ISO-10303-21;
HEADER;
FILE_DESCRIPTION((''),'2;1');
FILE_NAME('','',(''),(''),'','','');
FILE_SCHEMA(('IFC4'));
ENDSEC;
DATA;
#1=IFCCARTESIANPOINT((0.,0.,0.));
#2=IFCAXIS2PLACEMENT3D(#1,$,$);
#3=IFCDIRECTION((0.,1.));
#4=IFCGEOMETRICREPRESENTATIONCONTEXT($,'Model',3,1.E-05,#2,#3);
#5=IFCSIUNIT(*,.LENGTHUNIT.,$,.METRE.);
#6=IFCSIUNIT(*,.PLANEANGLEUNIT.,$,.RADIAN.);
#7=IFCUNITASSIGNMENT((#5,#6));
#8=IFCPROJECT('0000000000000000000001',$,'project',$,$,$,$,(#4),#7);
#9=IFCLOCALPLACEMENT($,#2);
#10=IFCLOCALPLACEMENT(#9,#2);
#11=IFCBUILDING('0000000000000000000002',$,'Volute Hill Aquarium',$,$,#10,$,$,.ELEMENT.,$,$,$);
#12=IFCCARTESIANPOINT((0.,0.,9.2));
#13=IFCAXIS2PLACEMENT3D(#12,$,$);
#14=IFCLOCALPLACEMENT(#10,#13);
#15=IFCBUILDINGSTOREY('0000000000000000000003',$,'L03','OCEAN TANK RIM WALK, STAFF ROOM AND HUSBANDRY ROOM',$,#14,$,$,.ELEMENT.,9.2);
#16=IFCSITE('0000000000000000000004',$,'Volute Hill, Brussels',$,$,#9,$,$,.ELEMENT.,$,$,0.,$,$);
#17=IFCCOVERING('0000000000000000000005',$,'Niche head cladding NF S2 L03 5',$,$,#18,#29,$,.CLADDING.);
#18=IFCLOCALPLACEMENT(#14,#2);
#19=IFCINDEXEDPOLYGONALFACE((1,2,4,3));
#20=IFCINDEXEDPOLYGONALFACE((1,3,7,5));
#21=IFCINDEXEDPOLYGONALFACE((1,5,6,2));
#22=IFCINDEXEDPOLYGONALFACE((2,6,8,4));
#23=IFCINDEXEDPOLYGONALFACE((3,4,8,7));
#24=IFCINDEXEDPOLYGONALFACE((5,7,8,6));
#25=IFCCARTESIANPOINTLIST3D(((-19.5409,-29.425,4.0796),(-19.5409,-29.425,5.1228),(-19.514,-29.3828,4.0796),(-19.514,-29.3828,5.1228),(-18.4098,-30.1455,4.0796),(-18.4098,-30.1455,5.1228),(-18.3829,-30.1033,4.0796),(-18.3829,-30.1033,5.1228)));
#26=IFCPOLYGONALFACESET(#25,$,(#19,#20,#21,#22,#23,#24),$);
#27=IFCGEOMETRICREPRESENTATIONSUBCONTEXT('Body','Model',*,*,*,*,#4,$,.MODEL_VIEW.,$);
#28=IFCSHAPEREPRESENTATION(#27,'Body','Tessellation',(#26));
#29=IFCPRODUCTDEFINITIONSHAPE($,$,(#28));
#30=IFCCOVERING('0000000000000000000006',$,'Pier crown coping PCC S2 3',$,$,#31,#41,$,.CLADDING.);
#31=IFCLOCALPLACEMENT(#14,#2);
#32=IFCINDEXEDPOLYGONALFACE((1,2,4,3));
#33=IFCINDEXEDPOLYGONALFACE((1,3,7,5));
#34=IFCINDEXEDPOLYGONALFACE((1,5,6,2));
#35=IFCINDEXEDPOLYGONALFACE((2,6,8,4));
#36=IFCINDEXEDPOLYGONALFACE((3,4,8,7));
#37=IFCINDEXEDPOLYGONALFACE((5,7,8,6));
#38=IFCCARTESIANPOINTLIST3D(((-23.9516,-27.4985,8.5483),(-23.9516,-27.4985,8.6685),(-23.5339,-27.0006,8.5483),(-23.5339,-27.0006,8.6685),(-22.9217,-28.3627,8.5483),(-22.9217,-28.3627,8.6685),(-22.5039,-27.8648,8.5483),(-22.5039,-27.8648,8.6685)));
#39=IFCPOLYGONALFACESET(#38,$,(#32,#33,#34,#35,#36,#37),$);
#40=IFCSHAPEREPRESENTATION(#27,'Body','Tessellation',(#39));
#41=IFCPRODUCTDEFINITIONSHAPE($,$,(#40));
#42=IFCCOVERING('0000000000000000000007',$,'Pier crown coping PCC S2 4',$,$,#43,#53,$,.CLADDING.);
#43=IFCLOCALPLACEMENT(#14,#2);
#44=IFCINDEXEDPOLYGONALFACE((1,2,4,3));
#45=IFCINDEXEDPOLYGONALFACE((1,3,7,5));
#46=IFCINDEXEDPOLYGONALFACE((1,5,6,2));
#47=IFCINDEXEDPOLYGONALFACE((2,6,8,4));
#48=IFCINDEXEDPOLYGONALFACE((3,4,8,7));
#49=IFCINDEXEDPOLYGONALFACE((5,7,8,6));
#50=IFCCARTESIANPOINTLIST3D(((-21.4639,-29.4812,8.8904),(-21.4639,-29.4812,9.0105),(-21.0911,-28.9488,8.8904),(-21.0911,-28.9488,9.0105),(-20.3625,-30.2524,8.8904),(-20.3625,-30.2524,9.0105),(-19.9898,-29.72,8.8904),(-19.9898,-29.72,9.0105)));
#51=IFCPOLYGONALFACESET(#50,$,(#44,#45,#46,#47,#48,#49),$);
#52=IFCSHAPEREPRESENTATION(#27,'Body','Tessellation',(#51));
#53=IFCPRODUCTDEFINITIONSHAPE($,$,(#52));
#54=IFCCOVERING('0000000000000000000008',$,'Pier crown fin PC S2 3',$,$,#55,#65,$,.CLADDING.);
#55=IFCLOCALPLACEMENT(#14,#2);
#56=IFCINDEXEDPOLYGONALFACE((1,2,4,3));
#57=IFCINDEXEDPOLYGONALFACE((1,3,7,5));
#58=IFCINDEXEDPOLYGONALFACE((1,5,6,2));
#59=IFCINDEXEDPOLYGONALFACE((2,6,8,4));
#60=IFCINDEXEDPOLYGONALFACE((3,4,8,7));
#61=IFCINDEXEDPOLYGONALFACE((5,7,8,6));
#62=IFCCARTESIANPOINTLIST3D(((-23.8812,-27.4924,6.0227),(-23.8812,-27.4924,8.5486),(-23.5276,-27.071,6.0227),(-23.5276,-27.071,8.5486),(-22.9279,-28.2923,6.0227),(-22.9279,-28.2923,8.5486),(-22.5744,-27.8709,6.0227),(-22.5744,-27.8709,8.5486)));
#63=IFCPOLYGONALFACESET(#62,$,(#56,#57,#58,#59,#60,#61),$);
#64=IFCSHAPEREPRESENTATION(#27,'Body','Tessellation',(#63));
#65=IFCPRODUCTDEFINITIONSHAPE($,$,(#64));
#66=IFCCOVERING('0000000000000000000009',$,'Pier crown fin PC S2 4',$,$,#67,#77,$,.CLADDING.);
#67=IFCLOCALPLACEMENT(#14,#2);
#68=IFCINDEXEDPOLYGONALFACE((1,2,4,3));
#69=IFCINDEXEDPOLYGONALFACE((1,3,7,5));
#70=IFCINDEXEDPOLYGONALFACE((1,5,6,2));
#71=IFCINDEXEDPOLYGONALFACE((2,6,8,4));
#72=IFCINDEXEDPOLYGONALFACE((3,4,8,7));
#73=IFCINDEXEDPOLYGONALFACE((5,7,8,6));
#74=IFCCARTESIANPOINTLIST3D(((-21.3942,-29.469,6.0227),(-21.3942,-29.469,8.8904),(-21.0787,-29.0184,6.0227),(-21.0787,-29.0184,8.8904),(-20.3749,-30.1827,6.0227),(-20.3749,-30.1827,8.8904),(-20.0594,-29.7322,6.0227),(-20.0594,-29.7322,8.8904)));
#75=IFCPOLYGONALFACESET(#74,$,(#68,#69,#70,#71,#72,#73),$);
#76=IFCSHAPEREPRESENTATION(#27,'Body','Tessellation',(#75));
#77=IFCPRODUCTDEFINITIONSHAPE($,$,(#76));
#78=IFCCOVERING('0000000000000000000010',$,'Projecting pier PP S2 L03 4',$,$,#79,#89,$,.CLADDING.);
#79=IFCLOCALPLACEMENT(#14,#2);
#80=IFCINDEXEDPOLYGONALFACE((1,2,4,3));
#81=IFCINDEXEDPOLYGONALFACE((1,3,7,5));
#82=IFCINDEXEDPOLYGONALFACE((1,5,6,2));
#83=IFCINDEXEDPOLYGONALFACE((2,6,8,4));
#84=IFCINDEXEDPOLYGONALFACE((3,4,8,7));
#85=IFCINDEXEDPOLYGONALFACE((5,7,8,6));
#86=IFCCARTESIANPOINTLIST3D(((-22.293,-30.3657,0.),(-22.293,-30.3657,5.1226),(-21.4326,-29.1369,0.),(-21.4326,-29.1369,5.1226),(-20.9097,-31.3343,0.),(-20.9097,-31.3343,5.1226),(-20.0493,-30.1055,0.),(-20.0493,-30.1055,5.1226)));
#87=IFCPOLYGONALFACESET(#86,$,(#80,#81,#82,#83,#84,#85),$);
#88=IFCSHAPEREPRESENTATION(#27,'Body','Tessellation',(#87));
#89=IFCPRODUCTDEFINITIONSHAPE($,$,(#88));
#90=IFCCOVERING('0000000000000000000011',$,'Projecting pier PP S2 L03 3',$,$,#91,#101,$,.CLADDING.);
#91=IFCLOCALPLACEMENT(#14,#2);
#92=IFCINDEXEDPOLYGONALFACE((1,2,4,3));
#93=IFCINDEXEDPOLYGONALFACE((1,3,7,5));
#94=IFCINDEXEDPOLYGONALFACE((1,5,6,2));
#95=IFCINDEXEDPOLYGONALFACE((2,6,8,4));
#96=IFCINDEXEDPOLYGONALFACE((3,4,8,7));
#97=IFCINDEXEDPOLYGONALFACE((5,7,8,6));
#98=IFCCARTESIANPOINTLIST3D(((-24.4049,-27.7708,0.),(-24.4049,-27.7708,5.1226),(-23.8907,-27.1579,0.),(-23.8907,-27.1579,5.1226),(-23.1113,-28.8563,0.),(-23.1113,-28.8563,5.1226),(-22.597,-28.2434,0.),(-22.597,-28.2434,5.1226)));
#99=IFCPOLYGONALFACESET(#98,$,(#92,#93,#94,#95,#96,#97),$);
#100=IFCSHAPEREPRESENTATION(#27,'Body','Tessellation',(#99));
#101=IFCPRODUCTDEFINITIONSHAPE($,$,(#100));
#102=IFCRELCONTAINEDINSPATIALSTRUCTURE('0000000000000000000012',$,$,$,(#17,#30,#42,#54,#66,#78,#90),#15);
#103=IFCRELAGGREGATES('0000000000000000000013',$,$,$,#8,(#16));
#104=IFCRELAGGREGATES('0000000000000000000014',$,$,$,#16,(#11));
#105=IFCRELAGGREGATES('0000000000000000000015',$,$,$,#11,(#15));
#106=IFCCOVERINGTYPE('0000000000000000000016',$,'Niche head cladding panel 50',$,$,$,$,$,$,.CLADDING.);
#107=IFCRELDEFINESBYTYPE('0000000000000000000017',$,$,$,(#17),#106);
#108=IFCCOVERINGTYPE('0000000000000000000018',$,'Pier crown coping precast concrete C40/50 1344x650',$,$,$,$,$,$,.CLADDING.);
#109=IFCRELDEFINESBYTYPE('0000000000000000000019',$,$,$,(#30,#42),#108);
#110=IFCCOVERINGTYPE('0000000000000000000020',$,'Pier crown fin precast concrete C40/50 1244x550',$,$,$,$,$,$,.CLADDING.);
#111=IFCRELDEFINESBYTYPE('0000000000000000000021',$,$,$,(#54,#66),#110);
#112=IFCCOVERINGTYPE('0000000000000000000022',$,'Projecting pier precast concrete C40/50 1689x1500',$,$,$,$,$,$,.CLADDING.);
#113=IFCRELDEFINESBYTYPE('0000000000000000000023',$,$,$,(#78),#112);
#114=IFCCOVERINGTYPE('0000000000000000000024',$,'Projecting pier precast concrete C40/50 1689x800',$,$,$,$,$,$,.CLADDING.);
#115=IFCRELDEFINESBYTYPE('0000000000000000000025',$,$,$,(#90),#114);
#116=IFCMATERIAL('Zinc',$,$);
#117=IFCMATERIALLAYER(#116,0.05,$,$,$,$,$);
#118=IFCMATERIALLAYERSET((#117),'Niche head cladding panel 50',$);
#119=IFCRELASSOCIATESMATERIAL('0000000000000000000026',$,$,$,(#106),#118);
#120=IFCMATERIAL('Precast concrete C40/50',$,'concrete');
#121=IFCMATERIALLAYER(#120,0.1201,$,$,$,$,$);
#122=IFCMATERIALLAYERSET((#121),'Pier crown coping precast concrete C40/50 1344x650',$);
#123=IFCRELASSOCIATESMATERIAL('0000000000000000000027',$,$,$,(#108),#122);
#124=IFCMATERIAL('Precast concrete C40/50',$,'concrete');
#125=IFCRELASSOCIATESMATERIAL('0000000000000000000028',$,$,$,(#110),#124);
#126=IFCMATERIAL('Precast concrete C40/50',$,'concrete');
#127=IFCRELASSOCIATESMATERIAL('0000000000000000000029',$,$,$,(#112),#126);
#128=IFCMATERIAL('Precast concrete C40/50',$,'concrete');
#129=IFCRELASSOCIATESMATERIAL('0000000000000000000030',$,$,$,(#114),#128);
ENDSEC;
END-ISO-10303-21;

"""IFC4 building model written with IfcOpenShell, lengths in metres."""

from ifc_helpers import new_model, si_unit, direction, frame, origin, origin_2d, place, context, subcontext, project, spatial, rectangle, extrude, material, layer, layer_set, type_object, element, save


model = new_model("IFC4")

# Units and contexts
model_context = context("Model", 3, precision=1e-05, world=origin(), true_north=direction((0.0, 1.0)))
body_context = subcontext(model_context, "Body", "Model", "MODEL_VIEW")
ifc_project = project(units=[si_unit("LENGTHUNIT", "METRE"), si_unit("PLANEANGLEUNIT", "RADIAN")], contexts=[model_context])

# Site, building, storey
site_placement = place(None, origin())
site = spatial("IfcSite", under=ifc_project, at=site_placement, Name="Volute Hill, Brussels", CompositionType="ELEMENT", RefElevation=0.0)
building_placement = place(site_placement, origin())
building = spatial("IfcBuilding", under=site, at=building_placement, Name="Volute Hill Aquarium", CompositionType="ELEMENT")
storey_placement = place(building_placement, frame((0.0, 0.0, 9.2)))
storey = spatial("IfcBuildingStorey", under=building, at=storey_placement, Name="L03", Description="OCEAN TANK RIM WALK, STAFF ROOM AND HUSBANDRY ROOM", CompositionType="ELEMENT", Elevation=9.2)

# Coverings
ifc_material_1 = material(Name="Zinc")
ifc_layer_1 = layer(ifc_material_1, 0.05)
ifc_layer_set_1 = layer_set([ifc_layer_1], Name="Niche head cladding panel 50")
covering_type_1 = type_object("IfcCoveringType", Name="Niche head cladding panel 50", PredefinedType="CLADDING", material=ifc_layer_set_1)
for number, where, z_axis, x_axis, name in (
    (1, (-18.9619, -29.7642, 4.0796), (0.0, 0.0, 1.0), (0.843399, -0.537288, 0.0), "Niche head cladding NF S2 L03 5"),
):
    element("IfcCovering", number, at=place(storey_placement, frame(where, z_axis=z_axis, x_axis=x_axis)), inside=storey, type_object=covering_type_1, Name=name, PredefinedType="CLADDING", context=body_context, shape_type="SweptSolid", body=[
        extrude(rectangle(XDim=1.3411, YDim=0.05, at=origin_2d()), origin(), (0.0, 0.0, 1.0), 1.0432),
    ])
ifc_material_2 = material(Name="Precast concrete C40/50", Category="concrete")
ifc_layer_2 = layer(ifc_material_2, 0.1201)
ifc_layer_set_2 = layer_set([ifc_layer_2], Name="Pier crown coping precast concrete C40/50 1344x650")
covering_type_2 = type_object("IfcCoveringType", Name="Pier crown coping precast concrete C40/50 1344x650", PredefinedType="CLADDING", material=ifc_layer_set_2)
for number, where, z_axis, x_axis, name in (
    (2, (-23.2278, -27.6816, 8.5483), (0.0, 0.0, 1.0), (0.766044, -0.642788, 0.0), "Pier crown coping PCC S2 3"),
    (3, (-20.7268, -29.6006, 8.8904), (0.0, 0.0, 1.0), (0.819152, -0.573576, 0.0), "Pier crown coping PCC S2 4"),
):
    element("IfcCovering", number, at=place(storey_placement, frame(where, z_axis=z_axis, x_axis=x_axis)), inside=storey, type_object=covering_type_2, Name=name, PredefinedType="CLADDING", context=body_context, shape_type="SweptSolid", body=[
        extrude(rectangle(XDim=1.3445, YDim=0.6499, at=origin_2d()), origin(), (0.0, 0.0, 1.0), 0.1201),
    ])
ifc_material_3 = material(Name="Precast concrete C40/50", Category="concrete")
covering_type_3 = type_object("IfcCoveringType", Name="Pier crown fin precast concrete C40/50 1244x550", PredefinedType="CLADDING", material=ifc_material_3)
covering_1_placement = place(storey_placement, frame((-23.2278, -27.6816, 6.0227), z_axis=(0.0, 0.0, 1.0), x_axis=(0.766044, -0.642788, 0.0)))
element("IfcCovering", 4, at=covering_1_placement, inside=storey, type_object=covering_type_3, Name="Pier crown fin PC S2 3", PredefinedType="CLADDING", context=body_context, shape_type="SweptSolid", body=[
    extrude(rectangle(XDim=1.2444, YDim=0.55, at=origin_2d()), origin(), (0.0, 0.0, 1.0), 2.5259),
])
covering_2_placement = place(storey_placement, frame((-20.7268, -29.6006, 6.0227), z_axis=(0.0, 0.0, 1.0), x_axis=(0.819152, -0.573576, 0.0)))
element("IfcCovering", 5, at=covering_2_placement, inside=storey, type_object=covering_type_3, Name="Pier crown fin PC S2 4", PredefinedType="CLADDING", context=body_context, shape_type="SweptSolid", body=[
    extrude(rectangle(XDim=1.2444, YDim=0.55, at=origin_2d()), origin(), (0.0, 0.0, 1.0), 2.8677),
])
ifc_material_4 = material(Name="Precast concrete C40/50", Category="concrete")
covering_type_4 = type_object("IfcCoveringType", Name="Projecting pier precast concrete C40/50 1689x1500", PredefinedType="CLADDING", material=ifc_material_4)
covering_3_placement = place(storey_placement, frame((-21.1711, -30.2356, 0.0), z_axis=(0.0, 0.0, 1.0), x_axis=(0.819152, -0.573576, 0.0)))
element("IfcCovering", 6, at=covering_3_placement, inside=storey, type_object=covering_type_4, Name="Projecting pier PP S2 L03 4", PredefinedType="CLADDING", context=body_context, shape_type="SweptSolid", body=[
    extrude(rectangle(XDim=1.6887, YDim=1.5, at=origin_2d()), origin(), (0.0, 0.0, 1.0), 5.1226),
])
ifc_material_5 = material(Name="Precast concrete C40/50", Category="concrete")
covering_type_5 = type_object("IfcCoveringType", Name="Projecting pier precast concrete C40/50 1689x800", PredefinedType="CLADDING", material=ifc_material_5)
covering_4_placement = place(storey_placement, frame((-23.501, -28.0071, 0.0), z_axis=(0.0, 0.0, 1.0), x_axis=(0.766044, -0.642788, 0.0)))
element("IfcCovering", 7, at=covering_4_placement, inside=storey, type_object=covering_type_5, Name="Projecting pier PP S2 L03 3", PredefinedType="CLADDING", context=body_context, shape_type="SweptSolid", body=[
    extrude(rectangle(XDim=1.6887, YDim=0.8, at=origin_2d()), origin(), (0.0, 0.0, 1.0), 5.1226),
])

save(model, "model.ifc")
